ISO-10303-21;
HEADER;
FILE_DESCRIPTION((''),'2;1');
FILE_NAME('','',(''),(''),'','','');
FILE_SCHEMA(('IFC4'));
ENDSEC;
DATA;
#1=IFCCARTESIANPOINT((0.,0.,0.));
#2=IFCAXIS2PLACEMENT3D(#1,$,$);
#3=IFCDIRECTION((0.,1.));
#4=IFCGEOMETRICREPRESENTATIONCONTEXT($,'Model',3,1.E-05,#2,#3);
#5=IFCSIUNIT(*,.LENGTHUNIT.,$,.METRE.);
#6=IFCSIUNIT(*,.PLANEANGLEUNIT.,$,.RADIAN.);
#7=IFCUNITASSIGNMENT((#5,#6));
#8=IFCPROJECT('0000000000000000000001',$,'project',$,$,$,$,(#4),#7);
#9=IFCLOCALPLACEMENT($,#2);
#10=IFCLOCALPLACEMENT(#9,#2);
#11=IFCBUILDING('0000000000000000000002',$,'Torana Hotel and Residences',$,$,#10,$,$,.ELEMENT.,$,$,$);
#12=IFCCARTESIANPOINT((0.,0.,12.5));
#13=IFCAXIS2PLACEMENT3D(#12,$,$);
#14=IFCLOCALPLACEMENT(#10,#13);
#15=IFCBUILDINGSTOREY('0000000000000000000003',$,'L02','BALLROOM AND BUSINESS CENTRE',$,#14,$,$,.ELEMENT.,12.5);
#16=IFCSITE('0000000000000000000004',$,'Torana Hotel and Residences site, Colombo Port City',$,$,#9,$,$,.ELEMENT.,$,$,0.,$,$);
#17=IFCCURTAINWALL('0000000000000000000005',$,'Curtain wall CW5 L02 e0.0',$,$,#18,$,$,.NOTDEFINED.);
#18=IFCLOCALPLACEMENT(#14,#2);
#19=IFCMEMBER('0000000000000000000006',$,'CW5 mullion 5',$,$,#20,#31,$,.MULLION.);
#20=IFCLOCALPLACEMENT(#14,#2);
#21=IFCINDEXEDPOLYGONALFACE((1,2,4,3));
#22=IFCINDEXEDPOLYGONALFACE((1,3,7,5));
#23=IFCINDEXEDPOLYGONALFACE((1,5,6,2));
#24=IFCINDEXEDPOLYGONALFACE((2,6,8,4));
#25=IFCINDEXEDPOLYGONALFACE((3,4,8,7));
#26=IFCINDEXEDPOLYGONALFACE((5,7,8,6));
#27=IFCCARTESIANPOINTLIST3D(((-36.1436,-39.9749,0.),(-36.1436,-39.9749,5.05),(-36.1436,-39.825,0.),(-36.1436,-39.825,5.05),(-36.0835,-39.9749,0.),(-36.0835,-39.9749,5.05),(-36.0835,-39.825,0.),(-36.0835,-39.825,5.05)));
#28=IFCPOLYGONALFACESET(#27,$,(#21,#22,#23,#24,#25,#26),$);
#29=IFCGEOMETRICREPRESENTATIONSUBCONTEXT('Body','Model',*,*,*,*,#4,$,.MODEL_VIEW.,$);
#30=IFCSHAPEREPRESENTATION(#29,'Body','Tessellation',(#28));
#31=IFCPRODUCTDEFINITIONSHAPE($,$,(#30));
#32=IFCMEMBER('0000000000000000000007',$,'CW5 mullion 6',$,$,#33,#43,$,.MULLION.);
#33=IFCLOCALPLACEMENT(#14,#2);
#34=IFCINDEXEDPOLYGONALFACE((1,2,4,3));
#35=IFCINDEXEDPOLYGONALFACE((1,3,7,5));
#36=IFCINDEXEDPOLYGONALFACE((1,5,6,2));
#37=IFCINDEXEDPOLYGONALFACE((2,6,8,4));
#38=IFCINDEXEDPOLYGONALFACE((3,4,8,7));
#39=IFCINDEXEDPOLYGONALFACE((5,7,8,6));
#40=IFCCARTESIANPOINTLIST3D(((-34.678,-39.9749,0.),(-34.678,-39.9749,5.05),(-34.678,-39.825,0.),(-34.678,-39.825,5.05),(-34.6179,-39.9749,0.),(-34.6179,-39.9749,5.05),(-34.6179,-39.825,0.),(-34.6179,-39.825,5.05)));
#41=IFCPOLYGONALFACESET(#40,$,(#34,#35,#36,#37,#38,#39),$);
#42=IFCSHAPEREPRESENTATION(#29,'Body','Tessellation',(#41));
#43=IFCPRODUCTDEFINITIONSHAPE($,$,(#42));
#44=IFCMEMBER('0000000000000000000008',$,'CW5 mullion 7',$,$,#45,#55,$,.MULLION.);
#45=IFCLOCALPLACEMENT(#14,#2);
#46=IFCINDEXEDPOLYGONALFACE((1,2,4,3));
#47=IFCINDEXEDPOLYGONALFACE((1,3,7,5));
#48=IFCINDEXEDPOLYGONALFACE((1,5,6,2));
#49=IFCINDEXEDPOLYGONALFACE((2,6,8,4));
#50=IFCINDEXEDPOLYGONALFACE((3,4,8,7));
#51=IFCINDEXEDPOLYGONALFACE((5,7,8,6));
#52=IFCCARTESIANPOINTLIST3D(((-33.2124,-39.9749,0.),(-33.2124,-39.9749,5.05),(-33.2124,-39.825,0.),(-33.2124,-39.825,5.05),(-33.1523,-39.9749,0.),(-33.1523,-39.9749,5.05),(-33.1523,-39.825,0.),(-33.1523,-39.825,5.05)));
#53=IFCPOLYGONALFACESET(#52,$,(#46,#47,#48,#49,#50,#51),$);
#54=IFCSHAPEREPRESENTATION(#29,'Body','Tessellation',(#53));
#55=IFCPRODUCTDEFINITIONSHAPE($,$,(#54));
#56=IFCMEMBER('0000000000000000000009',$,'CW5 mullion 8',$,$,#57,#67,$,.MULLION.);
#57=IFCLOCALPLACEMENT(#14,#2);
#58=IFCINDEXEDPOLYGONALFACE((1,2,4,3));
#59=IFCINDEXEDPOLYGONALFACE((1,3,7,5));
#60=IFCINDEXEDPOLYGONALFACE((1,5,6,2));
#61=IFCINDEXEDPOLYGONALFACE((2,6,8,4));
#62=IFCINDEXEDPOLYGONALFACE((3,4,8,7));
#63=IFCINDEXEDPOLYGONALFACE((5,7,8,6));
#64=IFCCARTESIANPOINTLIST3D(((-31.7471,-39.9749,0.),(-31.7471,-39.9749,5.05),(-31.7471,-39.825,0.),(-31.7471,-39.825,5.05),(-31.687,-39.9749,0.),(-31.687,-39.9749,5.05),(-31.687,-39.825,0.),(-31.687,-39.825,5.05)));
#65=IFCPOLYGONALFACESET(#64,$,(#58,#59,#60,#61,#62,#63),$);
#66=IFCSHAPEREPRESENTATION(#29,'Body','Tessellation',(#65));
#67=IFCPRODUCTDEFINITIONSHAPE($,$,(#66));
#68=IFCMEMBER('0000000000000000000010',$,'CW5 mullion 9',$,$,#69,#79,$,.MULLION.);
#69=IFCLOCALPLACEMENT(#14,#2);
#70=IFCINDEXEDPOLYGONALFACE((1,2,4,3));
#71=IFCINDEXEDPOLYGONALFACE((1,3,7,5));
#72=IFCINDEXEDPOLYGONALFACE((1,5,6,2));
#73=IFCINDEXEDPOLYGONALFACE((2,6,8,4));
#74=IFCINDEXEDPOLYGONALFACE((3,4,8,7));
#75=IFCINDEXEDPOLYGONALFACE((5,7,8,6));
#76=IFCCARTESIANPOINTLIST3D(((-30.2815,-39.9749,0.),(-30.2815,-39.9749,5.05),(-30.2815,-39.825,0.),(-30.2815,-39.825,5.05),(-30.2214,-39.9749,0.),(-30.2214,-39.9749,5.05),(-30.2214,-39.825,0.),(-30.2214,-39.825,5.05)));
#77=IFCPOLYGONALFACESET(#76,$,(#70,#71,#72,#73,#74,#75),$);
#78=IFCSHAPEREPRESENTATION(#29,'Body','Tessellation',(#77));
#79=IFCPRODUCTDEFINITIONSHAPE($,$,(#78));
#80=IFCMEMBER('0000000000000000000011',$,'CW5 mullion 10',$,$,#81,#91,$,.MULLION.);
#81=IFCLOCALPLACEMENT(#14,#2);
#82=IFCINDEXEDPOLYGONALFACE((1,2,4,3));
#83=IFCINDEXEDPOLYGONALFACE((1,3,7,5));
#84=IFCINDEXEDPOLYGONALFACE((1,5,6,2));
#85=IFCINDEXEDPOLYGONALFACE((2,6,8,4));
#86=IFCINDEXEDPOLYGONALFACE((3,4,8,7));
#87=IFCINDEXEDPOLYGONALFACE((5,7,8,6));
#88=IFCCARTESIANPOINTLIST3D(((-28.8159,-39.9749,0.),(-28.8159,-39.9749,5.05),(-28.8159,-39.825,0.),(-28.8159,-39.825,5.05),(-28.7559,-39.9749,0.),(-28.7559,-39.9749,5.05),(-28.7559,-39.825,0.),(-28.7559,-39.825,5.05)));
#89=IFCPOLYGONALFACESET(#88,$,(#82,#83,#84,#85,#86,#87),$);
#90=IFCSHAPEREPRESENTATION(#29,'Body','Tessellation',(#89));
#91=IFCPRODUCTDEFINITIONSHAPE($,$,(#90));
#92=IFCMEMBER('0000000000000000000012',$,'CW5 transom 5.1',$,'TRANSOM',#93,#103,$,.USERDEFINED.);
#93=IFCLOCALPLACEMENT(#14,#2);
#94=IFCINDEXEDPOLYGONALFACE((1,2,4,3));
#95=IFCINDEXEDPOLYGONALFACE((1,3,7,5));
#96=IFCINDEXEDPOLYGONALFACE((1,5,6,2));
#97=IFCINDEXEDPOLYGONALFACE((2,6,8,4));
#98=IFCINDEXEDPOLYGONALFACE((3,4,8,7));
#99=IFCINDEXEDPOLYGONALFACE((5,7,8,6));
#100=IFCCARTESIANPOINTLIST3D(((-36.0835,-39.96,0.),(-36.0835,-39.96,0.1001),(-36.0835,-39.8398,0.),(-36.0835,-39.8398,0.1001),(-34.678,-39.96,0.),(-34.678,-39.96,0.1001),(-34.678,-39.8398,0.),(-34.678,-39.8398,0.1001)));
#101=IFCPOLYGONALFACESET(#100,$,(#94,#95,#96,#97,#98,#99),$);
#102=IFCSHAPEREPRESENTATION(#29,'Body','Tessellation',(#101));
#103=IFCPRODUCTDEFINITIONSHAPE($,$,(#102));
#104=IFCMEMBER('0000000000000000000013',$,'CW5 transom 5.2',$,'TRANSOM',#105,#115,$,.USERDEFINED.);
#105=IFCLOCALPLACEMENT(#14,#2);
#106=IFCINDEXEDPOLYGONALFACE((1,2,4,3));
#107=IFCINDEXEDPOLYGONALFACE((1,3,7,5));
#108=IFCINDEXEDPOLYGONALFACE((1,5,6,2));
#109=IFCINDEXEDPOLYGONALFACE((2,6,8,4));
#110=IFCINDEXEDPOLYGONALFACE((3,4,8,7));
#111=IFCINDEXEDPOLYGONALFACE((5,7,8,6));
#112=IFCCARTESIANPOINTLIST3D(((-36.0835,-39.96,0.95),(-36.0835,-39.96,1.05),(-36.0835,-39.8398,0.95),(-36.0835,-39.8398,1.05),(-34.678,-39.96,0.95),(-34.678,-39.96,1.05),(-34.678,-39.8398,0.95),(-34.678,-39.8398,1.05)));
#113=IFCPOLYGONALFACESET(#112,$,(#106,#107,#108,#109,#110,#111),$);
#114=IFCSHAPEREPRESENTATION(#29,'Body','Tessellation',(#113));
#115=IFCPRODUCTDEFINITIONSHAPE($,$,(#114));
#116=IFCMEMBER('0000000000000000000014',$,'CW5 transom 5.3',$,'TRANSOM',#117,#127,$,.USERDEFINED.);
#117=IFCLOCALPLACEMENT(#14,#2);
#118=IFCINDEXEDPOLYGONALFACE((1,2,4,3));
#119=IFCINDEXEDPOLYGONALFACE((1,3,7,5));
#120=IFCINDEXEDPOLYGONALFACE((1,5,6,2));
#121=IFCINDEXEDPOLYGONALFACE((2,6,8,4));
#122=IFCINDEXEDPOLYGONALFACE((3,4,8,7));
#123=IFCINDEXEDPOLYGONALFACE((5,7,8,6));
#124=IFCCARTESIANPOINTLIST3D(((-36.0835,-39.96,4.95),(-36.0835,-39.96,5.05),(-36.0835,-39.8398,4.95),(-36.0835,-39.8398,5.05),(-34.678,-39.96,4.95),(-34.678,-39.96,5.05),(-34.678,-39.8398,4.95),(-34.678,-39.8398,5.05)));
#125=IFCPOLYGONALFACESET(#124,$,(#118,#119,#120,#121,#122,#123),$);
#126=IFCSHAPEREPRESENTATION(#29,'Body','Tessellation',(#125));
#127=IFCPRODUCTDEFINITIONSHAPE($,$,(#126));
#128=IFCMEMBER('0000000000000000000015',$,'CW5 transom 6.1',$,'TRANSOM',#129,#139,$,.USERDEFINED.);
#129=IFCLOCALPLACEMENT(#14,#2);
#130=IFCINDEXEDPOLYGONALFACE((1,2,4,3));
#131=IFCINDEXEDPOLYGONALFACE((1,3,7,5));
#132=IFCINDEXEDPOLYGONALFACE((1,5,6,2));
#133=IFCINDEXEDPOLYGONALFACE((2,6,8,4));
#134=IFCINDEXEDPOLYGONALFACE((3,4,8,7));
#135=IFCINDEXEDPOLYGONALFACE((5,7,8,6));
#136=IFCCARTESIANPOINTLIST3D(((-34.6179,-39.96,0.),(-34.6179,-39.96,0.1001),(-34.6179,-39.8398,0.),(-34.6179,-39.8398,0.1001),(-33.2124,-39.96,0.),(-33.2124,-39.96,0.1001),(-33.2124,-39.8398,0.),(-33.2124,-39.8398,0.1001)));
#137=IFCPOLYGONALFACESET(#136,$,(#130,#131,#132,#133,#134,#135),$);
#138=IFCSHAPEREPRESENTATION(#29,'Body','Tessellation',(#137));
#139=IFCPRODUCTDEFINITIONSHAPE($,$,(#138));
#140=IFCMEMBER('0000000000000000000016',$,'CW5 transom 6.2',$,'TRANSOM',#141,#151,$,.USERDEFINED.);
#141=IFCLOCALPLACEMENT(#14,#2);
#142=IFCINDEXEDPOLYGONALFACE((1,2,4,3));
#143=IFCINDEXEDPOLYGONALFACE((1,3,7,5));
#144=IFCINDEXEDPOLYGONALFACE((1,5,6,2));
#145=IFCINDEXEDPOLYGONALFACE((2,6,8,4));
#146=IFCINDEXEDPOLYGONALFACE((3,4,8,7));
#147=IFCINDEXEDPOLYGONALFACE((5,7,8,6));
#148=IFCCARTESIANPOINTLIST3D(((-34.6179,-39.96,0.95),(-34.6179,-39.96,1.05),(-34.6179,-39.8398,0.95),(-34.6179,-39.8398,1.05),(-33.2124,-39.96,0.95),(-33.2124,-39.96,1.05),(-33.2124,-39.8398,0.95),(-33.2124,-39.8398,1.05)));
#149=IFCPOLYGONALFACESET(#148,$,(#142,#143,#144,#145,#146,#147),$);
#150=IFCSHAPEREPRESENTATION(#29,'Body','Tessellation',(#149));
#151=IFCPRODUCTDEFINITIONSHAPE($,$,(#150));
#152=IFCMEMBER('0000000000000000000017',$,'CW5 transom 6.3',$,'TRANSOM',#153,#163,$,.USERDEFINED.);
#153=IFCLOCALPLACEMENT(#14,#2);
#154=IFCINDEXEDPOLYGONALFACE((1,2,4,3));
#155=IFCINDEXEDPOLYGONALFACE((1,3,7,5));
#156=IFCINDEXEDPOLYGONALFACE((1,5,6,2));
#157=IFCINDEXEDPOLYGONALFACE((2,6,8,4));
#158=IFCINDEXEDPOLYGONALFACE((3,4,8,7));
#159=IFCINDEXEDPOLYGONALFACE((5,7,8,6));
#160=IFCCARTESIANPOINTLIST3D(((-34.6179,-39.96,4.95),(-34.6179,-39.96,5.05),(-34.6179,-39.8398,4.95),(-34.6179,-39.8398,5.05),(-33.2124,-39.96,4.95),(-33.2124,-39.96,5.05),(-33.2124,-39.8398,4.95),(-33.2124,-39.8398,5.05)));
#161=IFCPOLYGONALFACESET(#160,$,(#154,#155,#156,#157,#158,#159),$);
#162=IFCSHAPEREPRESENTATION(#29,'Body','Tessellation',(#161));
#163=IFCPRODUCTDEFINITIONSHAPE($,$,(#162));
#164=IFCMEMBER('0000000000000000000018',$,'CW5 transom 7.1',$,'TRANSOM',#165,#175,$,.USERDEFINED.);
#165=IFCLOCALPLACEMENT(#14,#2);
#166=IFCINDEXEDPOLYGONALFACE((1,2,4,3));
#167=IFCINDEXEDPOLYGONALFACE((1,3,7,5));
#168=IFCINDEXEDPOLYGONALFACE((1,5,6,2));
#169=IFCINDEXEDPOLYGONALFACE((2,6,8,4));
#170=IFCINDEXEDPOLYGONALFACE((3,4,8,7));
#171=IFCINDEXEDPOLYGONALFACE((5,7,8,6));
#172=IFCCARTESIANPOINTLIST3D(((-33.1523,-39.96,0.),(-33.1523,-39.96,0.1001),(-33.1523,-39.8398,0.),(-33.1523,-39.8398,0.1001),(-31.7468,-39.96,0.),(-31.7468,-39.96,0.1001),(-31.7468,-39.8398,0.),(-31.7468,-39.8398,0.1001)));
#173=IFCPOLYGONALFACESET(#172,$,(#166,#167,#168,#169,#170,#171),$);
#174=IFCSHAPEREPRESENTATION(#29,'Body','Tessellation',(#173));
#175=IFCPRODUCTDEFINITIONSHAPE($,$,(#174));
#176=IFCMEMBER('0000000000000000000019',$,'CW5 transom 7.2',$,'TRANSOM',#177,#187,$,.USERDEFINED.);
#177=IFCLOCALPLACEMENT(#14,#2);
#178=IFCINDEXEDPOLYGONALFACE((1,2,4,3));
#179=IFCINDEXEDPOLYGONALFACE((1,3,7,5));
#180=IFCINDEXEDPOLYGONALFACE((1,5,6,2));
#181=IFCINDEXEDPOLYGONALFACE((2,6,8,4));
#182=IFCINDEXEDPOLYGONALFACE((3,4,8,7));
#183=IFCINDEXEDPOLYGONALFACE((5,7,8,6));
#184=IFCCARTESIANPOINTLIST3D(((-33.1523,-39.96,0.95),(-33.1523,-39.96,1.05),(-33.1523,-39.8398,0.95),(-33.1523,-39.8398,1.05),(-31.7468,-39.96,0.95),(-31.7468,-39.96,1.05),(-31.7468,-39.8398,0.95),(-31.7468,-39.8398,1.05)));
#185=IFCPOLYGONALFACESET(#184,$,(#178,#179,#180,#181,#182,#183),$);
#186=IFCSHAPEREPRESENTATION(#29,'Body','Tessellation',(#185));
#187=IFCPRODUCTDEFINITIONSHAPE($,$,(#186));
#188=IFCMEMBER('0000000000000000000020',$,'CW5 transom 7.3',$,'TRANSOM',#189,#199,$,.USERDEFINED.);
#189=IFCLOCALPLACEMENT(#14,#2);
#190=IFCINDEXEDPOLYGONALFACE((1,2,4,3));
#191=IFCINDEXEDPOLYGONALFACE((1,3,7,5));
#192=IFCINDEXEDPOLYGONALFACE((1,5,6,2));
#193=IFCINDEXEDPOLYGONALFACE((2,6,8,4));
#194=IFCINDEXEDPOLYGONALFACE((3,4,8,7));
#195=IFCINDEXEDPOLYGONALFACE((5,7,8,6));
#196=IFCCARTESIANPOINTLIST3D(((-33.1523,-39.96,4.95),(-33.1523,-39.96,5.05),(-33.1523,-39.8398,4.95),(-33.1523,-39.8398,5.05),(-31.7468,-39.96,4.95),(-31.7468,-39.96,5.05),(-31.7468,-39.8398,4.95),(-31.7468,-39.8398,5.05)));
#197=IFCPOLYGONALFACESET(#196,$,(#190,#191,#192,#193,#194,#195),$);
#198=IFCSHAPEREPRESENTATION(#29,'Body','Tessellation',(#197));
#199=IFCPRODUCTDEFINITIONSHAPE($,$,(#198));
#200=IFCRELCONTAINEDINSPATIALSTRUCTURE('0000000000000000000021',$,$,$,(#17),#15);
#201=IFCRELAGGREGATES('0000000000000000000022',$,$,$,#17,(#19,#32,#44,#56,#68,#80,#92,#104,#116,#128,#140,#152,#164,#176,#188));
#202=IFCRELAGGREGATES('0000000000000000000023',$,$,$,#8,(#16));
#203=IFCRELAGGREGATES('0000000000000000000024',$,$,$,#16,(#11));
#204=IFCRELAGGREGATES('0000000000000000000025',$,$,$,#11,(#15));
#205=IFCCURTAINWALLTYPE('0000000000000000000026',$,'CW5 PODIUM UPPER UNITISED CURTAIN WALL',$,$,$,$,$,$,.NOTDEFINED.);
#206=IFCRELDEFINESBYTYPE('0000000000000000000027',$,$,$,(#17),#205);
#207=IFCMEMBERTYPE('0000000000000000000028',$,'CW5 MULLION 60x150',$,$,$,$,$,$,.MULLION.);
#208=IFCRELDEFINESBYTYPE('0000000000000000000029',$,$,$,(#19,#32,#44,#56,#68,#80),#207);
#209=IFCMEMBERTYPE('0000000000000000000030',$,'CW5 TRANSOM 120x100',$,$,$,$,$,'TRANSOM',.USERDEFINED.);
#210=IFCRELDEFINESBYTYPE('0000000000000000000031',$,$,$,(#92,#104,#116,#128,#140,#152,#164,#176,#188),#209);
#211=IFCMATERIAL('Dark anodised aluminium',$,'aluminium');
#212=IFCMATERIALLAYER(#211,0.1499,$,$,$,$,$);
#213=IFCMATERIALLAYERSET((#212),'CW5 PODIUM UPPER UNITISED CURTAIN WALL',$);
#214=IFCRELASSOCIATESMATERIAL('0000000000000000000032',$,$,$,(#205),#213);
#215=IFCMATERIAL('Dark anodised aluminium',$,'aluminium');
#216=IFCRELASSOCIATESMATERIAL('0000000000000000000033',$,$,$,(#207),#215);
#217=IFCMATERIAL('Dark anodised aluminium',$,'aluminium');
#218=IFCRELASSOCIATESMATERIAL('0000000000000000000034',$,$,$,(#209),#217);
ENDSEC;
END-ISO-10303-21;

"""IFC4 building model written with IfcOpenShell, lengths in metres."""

from ifc_helpers import new_model, si_unit, direction, frame, origin, origin_2d, place, context, subcontext, project, spatial, rectangle, extrude, material, layer, layer_set, material_profile, profile_set, type_object, element, aggregate, save


model = new_model("IFC4")

# Units and contexts
model_context = context("Model", 3, precision=1e-05, world=origin(), true_north=direction((0.0, 1.0)))
body_context = subcontext(model_context, "Body", "Model", "MODEL_VIEW")
ifc_project = project(units=[si_unit("LENGTHUNIT", "METRE"), si_unit("PLANEANGLEUNIT", "RADIAN")], contexts=[model_context])

# Site, building, storey
site_placement = place(None, origin())
site = spatial("IfcSite", under=ifc_project, at=site_placement, Name="Torana Hotel and Residences site, Colombo Port City", CompositionType="ELEMENT", RefElevation=0.0)
building_placement = place(site_placement, origin())
building = spatial("IfcBuilding", under=site, at=building_placement, Name="Torana Hotel and Residences", CompositionType="ELEMENT")
storey_placement = place(building_placement, frame((0.0, 0.0, 12.5)))
storey = spatial("IfcBuildingStorey", under=building, at=storey_placement, Name="L02", Description="BALLROOM AND BUSINESS CENTRE", CompositionType="ELEMENT", Elevation=12.5)

# Curtain wall, members
ifc_material_1 = material(Name="Dark anodised aluminium", Category="aluminium")
ifc_layer_1 = layer(ifc_material_1, 0.1499)
ifc_layer_set_1 = layer_set([ifc_layer_1], Name="CW5 PODIUM UPPER UNITISED CURTAIN WALL")
curtain_wall_type = type_object("IfcCurtainWallType", Name="CW5 PODIUM UPPER UNITISED CURTAIN WALL", PredefinedType="NOTDEFINED", material=ifc_layer_set_1)
curtain_wall_placement = place(storey_placement, origin())
curtain_wall = element("IfcCurtainWall", 1, at=curtain_wall_placement, inside=storey, type_object=curtain_wall_type, Name="Curtain wall CW5 L02 e0.0", PredefinedType="NOTDEFINED")
ifc_material_2 = material(Name="Dark anodised aluminium", Category="aluminium")
ifc_material_profile_1 = material_profile(ifc_material_2, rectangle(XDim=0.1499, YDim=0.0601, at=origin_2d()), Name="CW5 MULLION 60x150")
ifc_profile_set_1 = profile_set([ifc_material_profile_1], Name="Dark anodised aluminium")
member_type_1 = type_object("IfcMemberType", Name="CW5 MULLION 60x150", PredefinedType="MULLION", material=ifc_profile_set_1)
member_1_placement = place(storey_placement, frame((-36.1135, -39.8999, 0.0), z_axis=(0.0, 0.0, 1.0), x_axis=(0.0, 1.0, 0.0)))
member_1 = element("IfcMember", 2, at=member_1_placement, type_object=member_type_1, Name="CW5 mullion 5", PredefinedType="MULLION", context=body_context, shape_type="SweptSolid", body=[
    extrude(rectangle(XDim=0.1499, YDim=0.0601, at=origin_2d()), origin(), (0.0, 0.0, 1.0), 5.05),
])
member_2_placement = place(storey_placement, frame((-34.6479, -39.8999, 0.0), z_axis=(0.0, 0.0, 1.0), x_axis=(0.0, 1.0, 0.0)))
member_2 = element("IfcMember", 3, at=member_2_placement, type_object=member_type_1, Name="CW5 mullion 6", PredefinedType="MULLION", context=body_context, shape_type="SweptSolid", body=[
    extrude(rectangle(XDim=0.1499, YDim=0.0601, at=origin_2d()), origin(), (0.0, 0.0, 1.0), 5.05),
])
member_3_placement = place(storey_placement, frame((-33.1824, -39.8999, 0.0), z_axis=(0.0, 0.0, 1.0), x_axis=(0.0, 1.0, 0.0)))
member_3 = element("IfcMember", 4, at=member_3_placement, type_object=member_type_1, Name="CW5 mullion 7", PredefinedType="MULLION", context=body_context, shape_type="SweptSolid", body=[
    extrude(rectangle(XDim=0.1499, YDim=0.0601, at=origin_2d()), origin(), (0.0, 0.0, 1.0), 5.05),
])
member_4_placement = place(storey_placement, frame((-31.717, -39.8999, 0.0), z_axis=(0.0, 0.0, 1.0), x_axis=(0.0, 1.0, 0.0)))
member_4 = element("IfcMember", 5, at=member_4_placement, type_object=member_type_1, Name="CW5 mullion 8", PredefinedType="MULLION", context=body_context, shape_type="SweptSolid", body=[
    extrude(rectangle(XDim=0.1499, YDim=0.0601, at=origin_2d()), origin(), (0.0, 0.0, 1.0), 5.05),
])
member_5_placement = place(storey_placement, frame((-30.2515, -39.8999, 0.0), z_axis=(0.0, 0.0, 1.0), x_axis=(0.0, 1.0, 0.0)))
member_5 = element("IfcMember", 6, at=member_5_placement, type_object=member_type_1, Name="CW5 mullion 9", PredefinedType="MULLION", context=body_context, shape_type="SweptSolid", body=[
    extrude(rectangle(XDim=0.1499, YDim=0.0601, at=origin_2d()), origin(), (0.0, 0.0, 1.0), 5.05),
])
member_6_placement = place(storey_placement, frame((-28.7859, -39.8999, 0.0), z_axis=(0.0, 0.0, 1.0), x_axis=(0.0, 1.0, 0.0)))
member_6 = element("IfcMember", 7, at=member_6_placement, type_object=member_type_1, Name="CW5 mullion 10", PredefinedType="MULLION", context=body_context, shape_type="SweptSolid", body=[
    extrude(rectangle(XDim=0.1499, YDim=0.0601, at=origin_2d()), origin(), (0.0, 0.0, 1.0), 5.05),
])
ifc_material_3 = material(Name="Dark anodised aluminium", Category="aluminium")
ifc_material_profile_2 = material_profile(ifc_material_3, rectangle(XDim=0.1201, YDim=0.1001, at=origin_2d()), Name="CW5 TRANSOM 120x100")
ifc_profile_set_2 = profile_set([ifc_material_profile_2], Name="Dark anodised aluminium")
member_type_2 = type_object("IfcMemberType", Name="CW5 TRANSOM 120x100", ElementType="TRANSOM", PredefinedType="USERDEFINED", material=ifc_profile_set_2)
member_7_placement = place(storey_placement, frame((-36.0835, -39.8999, 0.05), z_axis=(1.0, 0.0, 0.0), x_axis=(0.0, 1.0, 0.0)))
member_7 = element("IfcMember", 8, at=member_7_placement, type_object=member_type_2, Name="CW5 transom 5.1", ObjectType="TRANSOM", PredefinedType="USERDEFINED", context=body_context, shape_type="SweptSolid", body=[
    extrude(rectangle(XDim=0.1201, YDim=0.1001, at=origin_2d()), origin(), (0.0, 0.0, 1.0), 1.4055),
])
member_8_placement = place(storey_placement, frame((-36.0835, -39.8999, 1.0), z_axis=(1.0, 0.0, 0.0), x_axis=(0.0, 1.0, 0.0)))
member_8 = element("IfcMember", 9, at=member_8_placement, type_object=member_type_2, Name="CW5 transom 5.2", ObjectType="TRANSOM", PredefinedType="USERDEFINED", context=body_context, shape_type="SweptSolid", body=[
    extrude(rectangle(XDim=0.1201, YDim=0.1001, at=origin_2d()), origin(), (0.0, 0.0, 1.0), 1.4055),
])
member_9_placement = place(storey_placement, frame((-36.0835, -39.8999, 5.0), z_axis=(1.0, 0.0, 0.0), x_axis=(0.0, 1.0, 0.0)))
member_9 = element("IfcMember", 10, at=member_9_placement, type_object=member_type_2, Name="CW5 transom 5.3", ObjectType="TRANSOM", PredefinedType="USERDEFINED", context=body_context, shape_type="SweptSolid", body=[
    extrude(rectangle(XDim=0.1201, YDim=0.1001, at=origin_2d()), origin(), (0.0, 0.0, 1.0), 1.4055),
])
member_10_placement = place(storey_placement, frame((-34.6179, -39.8999, 0.05), z_axis=(1.0, 0.0, 0.0), x_axis=(0.0, 1.0, 0.0)))
member_10 = element("IfcMember", 11, at=member_10_placement, type_object=member_type_2, Name="CW5 transom 6.1", ObjectType="TRANSOM", PredefinedType="USERDEFINED", context=body_context, shape_type="SweptSolid", body=[
    extrude(rectangle(XDim=0.1201, YDim=0.1001, at=origin_2d()), origin(), (0.0, 0.0, 1.0), 1.4055),
])
member_11_placement = place(storey_placement, frame((-34.6179, -39.8999, 1.0), z_axis=(1.0, 0.0, 0.0), x_axis=(0.0, 1.0, 0.0)))
member_11 = element("IfcMember", 12, at=member_11_placement, type_object=member_type_2, Name="CW5 transom 6.2", ObjectType="TRANSOM", PredefinedType="USERDEFINED", context=body_context, shape_type="SweptSolid", body=[
    extrude(rectangle(XDim=0.1201, YDim=0.1001, at=origin_2d()), origin(), (0.0, 0.0, 1.0), 1.4055),
])
member_12_placement = place(storey_placement, frame((-34.6179, -39.8999, 5.0), z_axis=(1.0, 0.0, 0.0), x_axis=(0.0, 1.0, 0.0)))
member_12 = element("IfcMember", 13, at=member_12_placement, type_object=member_type_2, Name="CW5 transom 6.3", ObjectType="TRANSOM", PredefinedType="USERDEFINED", context=body_context, shape_type="SweptSolid", body=[
    extrude(rectangle(XDim=0.1201, YDim=0.1001, at=origin_2d()), origin(), (0.0, 0.0, 1.0), 1.4055),
])
member_13_placement = place(storey_placement, frame((-33.1523, -39.8999, 0.05), z_axis=(1.0, 0.0, 0.0), x_axis=(0.0, 1.0, 0.0)))
member_13 = element("IfcMember", 14, at=member_13_placement, type_object=member_type_2, Name="CW5 transom 7.1", ObjectType="TRANSOM", PredefinedType="USERDEFINED", context=body_context, shape_type="SweptSolid", body=[
    extrude(rectangle(XDim=0.1201, YDim=0.1001, at=origin_2d()), origin(), (0.0, 0.0, 1.0), 1.4055),
])
member_14_placement = place(storey_placement, frame((-33.1523, -39.8999, 1.0), z_axis=(1.0, 0.0, 0.0), x_axis=(0.0, 1.0, 0.0)))
member_14 = element("IfcMember", 15, at=member_14_placement, type_object=member_type_2, Name="CW5 transom 7.2", ObjectType="TRANSOM", PredefinedType="USERDEFINED", context=body_context, shape_type="SweptSolid", body=[
    extrude(rectangle(XDim=0.1201, YDim=0.1001, at=origin_2d()), origin(), (0.0, 0.0, 1.0), 1.4055),
])
member_15_placement = place(storey_placement, frame((-33.1523, -39.8999, 5.0), z_axis=(1.0, 0.0, 0.0), x_axis=(0.0, 1.0, 0.0)))
member_15 = element("IfcMember", 16, at=member_15_placement, type_object=member_type_2, Name="CW5 transom 7.3", ObjectType="TRANSOM", PredefinedType="USERDEFINED", context=body_context, shape_type="SweptSolid", body=[
    extrude(rectangle(XDim=0.1201, YDim=0.1001, at=origin_2d()), origin(), (0.0, 0.0, 1.0), 1.4055),
])
aggregate(curtain_wall, [member_1, member_2, member_3, member_4, member_5, member_6, member_7, member_8, member_9, member_10, member_11, member_12, member_13, member_14, member_15])

save(model, "model.ifc")
